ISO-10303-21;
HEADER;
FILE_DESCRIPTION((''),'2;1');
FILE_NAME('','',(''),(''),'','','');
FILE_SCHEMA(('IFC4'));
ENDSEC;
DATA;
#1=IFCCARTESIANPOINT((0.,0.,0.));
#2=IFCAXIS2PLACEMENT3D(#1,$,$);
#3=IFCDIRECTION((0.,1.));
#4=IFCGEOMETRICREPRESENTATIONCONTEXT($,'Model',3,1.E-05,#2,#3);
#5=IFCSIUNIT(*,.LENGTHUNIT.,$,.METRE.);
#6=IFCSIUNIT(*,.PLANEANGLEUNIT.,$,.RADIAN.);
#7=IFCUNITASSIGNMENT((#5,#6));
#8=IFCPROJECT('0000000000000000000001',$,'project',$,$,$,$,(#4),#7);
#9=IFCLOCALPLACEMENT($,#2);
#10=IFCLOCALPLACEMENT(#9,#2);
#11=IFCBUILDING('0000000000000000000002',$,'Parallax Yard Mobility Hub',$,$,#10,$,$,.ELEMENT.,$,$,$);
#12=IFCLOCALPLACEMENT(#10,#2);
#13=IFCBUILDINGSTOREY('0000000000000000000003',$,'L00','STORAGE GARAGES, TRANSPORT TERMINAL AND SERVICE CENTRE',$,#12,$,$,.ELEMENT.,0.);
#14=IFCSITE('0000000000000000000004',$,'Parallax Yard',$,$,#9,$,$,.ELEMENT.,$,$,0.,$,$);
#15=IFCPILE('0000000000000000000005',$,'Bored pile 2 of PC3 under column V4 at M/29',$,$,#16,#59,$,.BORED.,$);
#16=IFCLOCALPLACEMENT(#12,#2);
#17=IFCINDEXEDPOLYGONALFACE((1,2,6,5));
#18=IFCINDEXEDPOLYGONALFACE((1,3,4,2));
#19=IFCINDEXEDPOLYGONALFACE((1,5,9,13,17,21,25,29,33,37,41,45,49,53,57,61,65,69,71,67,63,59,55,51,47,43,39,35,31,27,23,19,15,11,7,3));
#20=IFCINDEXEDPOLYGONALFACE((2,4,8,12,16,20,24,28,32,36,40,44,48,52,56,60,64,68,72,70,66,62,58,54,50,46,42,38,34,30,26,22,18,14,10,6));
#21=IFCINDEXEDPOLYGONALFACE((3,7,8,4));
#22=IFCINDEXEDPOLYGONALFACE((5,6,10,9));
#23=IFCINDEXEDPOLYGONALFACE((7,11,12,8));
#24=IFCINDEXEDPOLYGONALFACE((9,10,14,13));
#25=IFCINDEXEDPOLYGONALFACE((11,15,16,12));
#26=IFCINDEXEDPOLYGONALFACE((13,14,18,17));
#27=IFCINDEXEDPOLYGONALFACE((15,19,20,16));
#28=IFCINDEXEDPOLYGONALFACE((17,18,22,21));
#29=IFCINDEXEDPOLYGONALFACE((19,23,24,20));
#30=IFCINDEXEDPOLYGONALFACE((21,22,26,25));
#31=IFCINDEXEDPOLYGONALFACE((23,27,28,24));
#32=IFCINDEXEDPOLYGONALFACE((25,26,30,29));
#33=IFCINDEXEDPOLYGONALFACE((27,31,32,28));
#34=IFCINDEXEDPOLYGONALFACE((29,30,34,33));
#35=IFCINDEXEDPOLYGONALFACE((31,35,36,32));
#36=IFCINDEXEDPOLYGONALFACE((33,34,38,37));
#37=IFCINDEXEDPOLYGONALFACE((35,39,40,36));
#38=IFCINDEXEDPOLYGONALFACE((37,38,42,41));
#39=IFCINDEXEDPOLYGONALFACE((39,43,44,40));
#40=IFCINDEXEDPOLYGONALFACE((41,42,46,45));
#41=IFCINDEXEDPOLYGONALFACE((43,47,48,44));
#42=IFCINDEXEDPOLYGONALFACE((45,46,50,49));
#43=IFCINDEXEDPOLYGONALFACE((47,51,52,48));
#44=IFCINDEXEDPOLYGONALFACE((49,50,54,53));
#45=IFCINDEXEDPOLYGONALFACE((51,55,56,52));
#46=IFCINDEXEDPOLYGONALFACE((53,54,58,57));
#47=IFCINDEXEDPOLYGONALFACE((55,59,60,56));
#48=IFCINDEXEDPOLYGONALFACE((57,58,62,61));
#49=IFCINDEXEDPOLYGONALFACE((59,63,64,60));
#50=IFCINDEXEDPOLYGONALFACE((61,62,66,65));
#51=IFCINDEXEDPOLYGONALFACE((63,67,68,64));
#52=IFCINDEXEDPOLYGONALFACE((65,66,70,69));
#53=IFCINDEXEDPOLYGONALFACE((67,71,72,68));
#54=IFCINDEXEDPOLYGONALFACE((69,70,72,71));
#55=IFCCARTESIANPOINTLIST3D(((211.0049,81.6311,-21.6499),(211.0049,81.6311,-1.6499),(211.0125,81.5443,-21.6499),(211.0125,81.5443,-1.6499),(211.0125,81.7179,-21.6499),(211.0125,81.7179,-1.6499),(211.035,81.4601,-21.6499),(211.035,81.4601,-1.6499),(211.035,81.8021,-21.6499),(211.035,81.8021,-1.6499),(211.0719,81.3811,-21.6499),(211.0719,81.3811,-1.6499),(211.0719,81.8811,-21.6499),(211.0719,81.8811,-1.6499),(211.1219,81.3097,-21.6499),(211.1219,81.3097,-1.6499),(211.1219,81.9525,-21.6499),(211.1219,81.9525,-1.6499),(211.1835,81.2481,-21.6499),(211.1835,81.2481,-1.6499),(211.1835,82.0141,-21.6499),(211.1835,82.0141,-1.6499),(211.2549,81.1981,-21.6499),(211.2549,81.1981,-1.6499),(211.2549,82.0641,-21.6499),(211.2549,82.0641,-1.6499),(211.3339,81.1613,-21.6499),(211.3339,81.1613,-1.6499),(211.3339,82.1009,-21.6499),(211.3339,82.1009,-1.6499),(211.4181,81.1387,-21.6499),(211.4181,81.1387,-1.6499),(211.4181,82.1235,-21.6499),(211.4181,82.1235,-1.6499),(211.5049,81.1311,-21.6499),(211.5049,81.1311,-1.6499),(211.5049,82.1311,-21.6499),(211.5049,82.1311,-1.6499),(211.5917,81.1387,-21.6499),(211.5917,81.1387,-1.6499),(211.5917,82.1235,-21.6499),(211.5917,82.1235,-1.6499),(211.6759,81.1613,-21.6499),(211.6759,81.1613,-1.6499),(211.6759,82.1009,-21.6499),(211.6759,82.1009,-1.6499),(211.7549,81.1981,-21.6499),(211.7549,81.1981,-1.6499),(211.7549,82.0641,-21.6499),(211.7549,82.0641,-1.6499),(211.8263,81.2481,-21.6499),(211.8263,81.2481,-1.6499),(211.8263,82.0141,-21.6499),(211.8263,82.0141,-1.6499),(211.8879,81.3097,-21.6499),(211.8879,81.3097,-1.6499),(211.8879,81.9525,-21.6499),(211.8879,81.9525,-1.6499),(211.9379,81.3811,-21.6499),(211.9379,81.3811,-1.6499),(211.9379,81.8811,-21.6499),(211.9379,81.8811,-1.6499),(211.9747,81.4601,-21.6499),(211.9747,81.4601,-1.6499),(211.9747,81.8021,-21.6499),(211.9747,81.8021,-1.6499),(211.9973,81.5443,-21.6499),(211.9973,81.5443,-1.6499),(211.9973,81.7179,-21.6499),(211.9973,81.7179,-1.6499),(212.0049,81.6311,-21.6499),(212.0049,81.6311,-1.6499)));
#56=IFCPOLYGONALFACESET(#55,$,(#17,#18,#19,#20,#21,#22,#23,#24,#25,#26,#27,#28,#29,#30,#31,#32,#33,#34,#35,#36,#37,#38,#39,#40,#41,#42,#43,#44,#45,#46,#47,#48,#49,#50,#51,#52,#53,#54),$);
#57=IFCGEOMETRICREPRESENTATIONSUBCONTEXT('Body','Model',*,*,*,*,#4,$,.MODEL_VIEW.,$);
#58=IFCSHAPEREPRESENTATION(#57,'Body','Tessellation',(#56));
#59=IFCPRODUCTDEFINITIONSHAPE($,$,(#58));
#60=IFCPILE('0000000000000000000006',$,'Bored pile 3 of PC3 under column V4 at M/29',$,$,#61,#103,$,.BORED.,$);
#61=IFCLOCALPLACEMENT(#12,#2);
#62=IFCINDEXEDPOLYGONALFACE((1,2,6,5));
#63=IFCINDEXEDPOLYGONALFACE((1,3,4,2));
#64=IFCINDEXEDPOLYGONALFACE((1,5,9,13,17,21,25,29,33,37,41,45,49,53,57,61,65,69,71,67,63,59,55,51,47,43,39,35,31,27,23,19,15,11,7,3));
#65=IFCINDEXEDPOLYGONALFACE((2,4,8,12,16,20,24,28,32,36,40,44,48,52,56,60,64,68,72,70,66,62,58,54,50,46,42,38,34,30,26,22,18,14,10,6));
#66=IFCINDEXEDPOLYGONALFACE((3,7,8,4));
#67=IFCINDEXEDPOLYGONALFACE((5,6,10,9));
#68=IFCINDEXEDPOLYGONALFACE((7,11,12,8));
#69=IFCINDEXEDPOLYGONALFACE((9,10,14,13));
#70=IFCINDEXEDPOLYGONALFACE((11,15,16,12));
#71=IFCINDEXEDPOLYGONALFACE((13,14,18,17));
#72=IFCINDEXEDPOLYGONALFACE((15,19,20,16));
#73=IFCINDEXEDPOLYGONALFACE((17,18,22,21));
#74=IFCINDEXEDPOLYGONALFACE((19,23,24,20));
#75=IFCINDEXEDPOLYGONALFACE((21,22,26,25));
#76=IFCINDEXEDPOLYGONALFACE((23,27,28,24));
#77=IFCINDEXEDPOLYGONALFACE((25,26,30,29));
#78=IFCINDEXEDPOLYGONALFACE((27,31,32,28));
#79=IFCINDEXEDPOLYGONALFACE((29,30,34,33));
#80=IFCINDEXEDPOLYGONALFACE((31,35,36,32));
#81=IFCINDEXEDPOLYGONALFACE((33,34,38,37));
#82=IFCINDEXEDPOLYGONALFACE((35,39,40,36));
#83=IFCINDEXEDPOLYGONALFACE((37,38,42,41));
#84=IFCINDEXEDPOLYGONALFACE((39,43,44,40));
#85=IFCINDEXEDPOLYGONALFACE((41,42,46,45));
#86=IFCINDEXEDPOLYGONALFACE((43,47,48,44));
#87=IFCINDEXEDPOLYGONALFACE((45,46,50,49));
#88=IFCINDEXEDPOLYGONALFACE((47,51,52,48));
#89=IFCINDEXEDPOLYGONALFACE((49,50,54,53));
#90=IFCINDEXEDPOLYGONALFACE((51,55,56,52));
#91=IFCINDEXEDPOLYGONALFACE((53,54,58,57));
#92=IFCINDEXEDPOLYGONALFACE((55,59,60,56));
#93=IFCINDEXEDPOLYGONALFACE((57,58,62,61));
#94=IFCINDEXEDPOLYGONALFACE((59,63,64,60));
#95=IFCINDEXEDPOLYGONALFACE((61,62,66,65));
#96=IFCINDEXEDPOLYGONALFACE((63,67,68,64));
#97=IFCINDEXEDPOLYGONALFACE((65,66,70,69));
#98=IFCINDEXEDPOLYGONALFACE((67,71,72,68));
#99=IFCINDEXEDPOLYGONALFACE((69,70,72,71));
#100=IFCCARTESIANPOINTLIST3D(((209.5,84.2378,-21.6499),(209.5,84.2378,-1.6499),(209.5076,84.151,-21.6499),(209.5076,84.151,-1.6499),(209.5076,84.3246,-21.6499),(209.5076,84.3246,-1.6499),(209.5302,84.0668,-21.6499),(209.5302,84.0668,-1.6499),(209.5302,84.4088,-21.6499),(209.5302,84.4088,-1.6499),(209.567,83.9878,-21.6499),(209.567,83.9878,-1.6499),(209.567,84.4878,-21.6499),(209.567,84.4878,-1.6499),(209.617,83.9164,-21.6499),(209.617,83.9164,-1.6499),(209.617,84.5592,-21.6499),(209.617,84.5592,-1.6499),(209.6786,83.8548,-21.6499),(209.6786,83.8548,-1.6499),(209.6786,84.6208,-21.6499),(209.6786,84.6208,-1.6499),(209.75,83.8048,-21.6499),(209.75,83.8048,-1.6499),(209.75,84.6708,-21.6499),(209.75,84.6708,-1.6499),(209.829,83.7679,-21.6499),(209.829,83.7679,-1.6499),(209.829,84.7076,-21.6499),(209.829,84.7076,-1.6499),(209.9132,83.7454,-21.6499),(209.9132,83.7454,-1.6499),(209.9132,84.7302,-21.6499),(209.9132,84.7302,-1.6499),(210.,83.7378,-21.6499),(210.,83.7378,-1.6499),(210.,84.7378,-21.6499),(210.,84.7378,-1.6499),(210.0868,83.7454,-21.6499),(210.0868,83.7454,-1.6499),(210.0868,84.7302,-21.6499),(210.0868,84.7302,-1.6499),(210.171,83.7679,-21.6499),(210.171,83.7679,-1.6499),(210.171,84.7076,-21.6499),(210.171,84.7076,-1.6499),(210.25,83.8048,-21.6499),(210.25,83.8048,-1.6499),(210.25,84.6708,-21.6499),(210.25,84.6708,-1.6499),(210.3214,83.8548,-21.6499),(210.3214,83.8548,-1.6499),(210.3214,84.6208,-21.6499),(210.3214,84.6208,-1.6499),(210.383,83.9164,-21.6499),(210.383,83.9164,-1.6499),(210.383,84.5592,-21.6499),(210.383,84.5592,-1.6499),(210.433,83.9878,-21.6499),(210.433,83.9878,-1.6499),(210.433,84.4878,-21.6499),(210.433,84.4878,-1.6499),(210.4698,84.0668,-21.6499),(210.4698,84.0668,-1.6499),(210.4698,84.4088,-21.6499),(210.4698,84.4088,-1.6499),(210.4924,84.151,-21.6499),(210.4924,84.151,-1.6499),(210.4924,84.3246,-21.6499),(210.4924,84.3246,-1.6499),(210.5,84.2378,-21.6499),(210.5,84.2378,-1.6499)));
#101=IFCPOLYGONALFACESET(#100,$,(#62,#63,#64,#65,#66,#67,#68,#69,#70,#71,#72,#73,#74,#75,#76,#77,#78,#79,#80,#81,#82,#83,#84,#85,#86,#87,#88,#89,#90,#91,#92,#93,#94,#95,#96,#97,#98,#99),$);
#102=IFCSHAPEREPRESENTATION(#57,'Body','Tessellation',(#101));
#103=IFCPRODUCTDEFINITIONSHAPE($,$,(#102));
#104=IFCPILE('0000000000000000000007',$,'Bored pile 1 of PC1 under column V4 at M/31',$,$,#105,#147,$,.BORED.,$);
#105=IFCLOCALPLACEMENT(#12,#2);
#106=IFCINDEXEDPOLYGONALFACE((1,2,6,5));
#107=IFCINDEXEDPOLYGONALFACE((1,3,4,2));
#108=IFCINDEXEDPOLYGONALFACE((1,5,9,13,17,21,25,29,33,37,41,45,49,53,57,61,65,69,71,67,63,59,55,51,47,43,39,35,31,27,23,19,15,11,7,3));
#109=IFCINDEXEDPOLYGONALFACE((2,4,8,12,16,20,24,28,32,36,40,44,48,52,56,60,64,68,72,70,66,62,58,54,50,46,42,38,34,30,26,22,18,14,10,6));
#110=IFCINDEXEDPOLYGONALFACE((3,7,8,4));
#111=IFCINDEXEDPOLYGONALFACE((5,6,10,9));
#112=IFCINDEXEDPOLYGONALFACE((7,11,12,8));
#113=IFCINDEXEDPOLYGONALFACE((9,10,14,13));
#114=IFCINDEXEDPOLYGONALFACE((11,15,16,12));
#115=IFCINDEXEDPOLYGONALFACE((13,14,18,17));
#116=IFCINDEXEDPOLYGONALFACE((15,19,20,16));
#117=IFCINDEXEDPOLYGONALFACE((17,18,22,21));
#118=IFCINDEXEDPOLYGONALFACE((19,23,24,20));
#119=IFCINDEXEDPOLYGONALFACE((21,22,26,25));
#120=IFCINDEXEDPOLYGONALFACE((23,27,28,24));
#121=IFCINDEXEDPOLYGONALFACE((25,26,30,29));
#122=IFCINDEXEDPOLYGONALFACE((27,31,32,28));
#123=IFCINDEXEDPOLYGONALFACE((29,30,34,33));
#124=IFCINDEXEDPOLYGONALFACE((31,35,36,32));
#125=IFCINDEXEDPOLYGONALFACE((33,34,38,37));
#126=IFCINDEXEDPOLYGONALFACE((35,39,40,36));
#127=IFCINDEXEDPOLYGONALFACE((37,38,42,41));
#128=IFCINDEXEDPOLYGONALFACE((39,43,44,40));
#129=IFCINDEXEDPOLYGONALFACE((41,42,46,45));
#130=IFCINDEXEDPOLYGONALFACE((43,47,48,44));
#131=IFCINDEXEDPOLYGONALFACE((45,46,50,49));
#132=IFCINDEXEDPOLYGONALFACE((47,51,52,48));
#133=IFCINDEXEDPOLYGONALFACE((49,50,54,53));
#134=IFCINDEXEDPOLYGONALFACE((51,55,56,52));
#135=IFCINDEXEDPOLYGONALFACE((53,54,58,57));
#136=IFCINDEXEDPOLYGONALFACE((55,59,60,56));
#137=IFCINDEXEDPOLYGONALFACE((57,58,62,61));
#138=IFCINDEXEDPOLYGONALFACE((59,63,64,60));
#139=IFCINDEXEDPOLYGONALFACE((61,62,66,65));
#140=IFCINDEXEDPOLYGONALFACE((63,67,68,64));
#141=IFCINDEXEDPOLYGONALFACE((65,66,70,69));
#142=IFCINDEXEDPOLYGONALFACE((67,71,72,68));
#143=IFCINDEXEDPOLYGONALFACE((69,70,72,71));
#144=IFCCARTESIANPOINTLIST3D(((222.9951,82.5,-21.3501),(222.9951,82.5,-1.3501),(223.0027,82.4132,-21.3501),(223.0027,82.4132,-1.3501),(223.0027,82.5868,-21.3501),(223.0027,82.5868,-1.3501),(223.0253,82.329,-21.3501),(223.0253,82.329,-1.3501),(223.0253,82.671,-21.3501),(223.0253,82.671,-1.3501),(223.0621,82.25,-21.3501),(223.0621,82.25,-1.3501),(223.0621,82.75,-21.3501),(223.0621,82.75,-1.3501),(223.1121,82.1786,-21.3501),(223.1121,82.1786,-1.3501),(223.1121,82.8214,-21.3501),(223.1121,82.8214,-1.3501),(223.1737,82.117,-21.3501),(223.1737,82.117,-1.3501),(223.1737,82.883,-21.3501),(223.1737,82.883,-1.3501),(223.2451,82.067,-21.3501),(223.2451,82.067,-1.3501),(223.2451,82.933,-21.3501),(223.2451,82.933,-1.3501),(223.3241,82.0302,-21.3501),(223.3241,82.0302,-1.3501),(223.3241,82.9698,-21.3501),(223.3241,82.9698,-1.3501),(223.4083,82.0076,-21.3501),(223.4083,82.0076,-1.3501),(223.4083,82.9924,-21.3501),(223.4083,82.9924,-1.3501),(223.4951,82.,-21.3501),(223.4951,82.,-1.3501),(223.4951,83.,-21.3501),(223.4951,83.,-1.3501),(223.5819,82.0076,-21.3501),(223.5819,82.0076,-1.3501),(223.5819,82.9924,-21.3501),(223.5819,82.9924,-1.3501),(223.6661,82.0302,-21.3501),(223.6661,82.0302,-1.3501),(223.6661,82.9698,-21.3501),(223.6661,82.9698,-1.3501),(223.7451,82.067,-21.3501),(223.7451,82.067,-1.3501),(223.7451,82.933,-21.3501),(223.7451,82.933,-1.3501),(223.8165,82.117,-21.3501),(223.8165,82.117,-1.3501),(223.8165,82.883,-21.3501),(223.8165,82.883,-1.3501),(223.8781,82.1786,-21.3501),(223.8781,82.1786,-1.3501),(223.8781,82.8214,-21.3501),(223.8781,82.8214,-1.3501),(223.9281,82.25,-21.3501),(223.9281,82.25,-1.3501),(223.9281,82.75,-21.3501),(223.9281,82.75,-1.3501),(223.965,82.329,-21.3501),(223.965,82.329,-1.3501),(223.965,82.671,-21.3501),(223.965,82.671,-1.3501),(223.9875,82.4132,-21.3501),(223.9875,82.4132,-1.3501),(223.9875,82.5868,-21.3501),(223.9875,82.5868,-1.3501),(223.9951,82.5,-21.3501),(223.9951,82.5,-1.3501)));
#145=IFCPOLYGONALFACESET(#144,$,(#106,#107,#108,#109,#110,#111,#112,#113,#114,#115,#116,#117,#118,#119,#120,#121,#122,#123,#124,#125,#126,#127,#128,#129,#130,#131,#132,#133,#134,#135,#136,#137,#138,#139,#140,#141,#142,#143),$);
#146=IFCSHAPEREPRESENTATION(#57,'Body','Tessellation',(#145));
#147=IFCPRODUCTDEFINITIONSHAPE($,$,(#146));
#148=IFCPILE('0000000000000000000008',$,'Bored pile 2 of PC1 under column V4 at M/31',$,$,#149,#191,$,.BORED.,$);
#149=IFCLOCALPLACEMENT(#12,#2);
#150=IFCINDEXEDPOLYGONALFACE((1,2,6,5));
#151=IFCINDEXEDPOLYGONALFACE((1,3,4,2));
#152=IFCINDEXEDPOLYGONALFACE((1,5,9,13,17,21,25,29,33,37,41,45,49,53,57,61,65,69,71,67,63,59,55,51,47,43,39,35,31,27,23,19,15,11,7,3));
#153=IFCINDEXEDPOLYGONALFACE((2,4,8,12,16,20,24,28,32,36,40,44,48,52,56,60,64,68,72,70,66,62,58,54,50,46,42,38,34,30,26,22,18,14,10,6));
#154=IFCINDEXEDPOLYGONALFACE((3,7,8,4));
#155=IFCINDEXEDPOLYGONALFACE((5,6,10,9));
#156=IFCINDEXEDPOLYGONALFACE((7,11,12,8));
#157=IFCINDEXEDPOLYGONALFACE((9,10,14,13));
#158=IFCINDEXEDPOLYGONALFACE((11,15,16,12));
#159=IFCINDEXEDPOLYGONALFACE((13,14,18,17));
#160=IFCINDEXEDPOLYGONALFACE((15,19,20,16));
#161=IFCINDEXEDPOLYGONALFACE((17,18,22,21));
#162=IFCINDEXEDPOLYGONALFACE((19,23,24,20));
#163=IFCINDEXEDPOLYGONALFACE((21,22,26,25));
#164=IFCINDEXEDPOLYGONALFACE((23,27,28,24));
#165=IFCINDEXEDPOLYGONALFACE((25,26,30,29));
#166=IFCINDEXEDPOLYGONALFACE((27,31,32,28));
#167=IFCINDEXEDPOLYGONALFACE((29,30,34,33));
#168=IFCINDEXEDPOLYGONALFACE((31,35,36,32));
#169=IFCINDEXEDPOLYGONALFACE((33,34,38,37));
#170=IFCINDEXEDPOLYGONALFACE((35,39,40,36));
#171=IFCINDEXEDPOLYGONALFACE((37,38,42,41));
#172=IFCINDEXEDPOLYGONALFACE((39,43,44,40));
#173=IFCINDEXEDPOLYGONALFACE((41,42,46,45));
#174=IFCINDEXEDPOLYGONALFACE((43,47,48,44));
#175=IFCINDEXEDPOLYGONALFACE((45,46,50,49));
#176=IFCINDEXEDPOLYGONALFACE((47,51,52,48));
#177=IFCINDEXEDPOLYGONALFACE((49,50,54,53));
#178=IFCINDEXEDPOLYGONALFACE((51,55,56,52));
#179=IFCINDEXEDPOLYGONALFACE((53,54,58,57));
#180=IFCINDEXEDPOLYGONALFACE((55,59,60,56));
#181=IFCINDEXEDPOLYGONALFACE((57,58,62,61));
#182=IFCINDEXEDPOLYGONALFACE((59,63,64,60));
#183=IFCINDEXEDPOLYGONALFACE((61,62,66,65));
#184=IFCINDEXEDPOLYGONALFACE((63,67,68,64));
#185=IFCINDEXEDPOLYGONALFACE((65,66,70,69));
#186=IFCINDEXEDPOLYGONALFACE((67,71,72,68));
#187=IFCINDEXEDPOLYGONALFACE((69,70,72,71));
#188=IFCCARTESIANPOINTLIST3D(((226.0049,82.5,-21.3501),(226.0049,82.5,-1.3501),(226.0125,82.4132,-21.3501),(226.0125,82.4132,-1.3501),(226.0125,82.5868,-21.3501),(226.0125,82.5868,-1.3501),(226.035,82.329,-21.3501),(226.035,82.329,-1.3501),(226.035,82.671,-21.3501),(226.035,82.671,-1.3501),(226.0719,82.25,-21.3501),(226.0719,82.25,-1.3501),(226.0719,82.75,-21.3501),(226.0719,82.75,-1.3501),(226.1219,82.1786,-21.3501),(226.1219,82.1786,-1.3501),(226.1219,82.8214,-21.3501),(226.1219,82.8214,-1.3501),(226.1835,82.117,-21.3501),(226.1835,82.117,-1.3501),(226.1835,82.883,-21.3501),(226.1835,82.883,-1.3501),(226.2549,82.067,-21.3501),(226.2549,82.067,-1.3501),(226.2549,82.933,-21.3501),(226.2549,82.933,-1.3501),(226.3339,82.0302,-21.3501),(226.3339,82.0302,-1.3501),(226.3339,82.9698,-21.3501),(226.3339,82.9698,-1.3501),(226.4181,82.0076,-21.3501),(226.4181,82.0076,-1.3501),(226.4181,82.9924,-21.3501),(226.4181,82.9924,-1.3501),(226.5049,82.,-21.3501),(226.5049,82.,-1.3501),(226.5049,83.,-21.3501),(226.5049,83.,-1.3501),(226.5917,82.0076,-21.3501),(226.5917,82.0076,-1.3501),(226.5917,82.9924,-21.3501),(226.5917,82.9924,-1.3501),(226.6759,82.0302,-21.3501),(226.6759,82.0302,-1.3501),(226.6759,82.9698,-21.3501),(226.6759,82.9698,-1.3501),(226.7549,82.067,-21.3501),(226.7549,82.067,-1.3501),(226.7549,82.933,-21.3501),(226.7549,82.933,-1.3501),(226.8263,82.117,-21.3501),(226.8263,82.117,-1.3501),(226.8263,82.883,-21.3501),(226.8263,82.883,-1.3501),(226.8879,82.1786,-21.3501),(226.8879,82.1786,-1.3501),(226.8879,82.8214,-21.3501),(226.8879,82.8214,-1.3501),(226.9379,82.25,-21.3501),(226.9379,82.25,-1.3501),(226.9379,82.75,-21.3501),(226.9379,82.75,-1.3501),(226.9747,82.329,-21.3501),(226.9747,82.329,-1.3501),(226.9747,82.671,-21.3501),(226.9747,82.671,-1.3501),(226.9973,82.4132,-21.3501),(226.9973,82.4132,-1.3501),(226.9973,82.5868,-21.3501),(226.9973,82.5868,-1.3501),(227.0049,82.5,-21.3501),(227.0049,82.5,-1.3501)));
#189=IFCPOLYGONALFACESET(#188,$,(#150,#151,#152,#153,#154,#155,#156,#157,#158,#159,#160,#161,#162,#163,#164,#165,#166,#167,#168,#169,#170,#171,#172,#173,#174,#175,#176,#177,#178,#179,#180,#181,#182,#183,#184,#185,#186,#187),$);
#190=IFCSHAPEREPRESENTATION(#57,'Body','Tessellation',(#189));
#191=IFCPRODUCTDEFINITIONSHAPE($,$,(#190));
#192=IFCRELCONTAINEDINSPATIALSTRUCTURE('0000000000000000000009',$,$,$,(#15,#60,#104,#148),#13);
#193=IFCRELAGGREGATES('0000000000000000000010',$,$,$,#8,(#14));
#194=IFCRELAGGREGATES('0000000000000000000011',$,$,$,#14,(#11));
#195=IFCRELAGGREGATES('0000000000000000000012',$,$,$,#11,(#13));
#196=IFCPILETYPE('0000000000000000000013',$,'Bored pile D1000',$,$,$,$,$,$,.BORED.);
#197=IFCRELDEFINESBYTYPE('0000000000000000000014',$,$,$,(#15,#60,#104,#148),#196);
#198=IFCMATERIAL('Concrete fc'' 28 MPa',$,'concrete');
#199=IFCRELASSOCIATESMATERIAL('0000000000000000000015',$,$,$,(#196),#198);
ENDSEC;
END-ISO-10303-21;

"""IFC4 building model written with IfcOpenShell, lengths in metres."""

from ifc_helpers import new_model, si_unit, direction, frame, origin, origin_2d, place, context, subcontext, project, spatial, circle, extrude, material, material_profile, profile_set, type_object, element, save


model = new_model("IFC4")

# Units and contexts
model_context = context("Model", 3, precision=1e-05, world=origin(), true_north=direction((0.0, 1.0)))
body_context = subcontext(model_context, "Body", "Model", "MODEL_VIEW")
ifc_project = project(units=[si_unit("LENGTHUNIT", "METRE"), si_unit("PLANEANGLEUNIT", "RADIAN")], contexts=[model_context])

# Site, building, storey
site_placement = place(None, origin())
site = spatial("IfcSite", under=ifc_project, at=site_placement, Name="Parallax Yard", CompositionType="ELEMENT", RefElevation=0.0)
building_placement = place(site_placement, origin())
building = spatial("IfcBuilding", under=site, at=building_placement, Name="Parallax Yard Mobility Hub", CompositionType="ELEMENT")
storey_placement = place(building_placement, origin())
storey = spatial("IfcBuildingStorey", under=building, at=storey_placement, Name="L00", Description="STORAGE GARAGES, TRANSPORT TERMINAL AND SERVICE CENTRE", CompositionType="ELEMENT", Elevation=0.0)

# Piles
ifc_material_1 = material(Name="Concrete fc' 28 MPa", Category="concrete")
ifc_material_profile_1 = material_profile(ifc_material_1, circle(Radius=0.5, at=origin_2d()), Name="Bored pile D1000")
ifc_profile_set_1 = profile_set([ifc_material_profile_1], Name="Concrete fc' 28 MPa")
pile_type = type_object("IfcPileType", Name="Bored pile D1000", PredefinedType="BORED", material=ifc_profile_set_1)
for number, where, z_axis, x_axis, name in (
    (1, (211.5049, 81.6311, -1.6499), (0.0, 0.0, -1.0), (1.0, 0.0, 0.0), "Bored pile 2 of PC3 under column V4 at M/29"),
    (2, (210.0, 84.2378, -1.6499), (0.0, 0.0, -1.0), (1.0, 0.0, 0.0), "Bored pile 3 of PC3 under column V4 at M/29"),
    (3, (223.4951, 82.5, -1.3501), (0.0, 0.0, -1.0), (1.0, 0.0, 0.0), "Bored pile 1 of PC1 under column V4 at M/31"),
    (4, (226.5049, 82.5, -1.3501), (0.0, 0.0, -1.0), (1.0, 0.0, 0.0), "Bored pile 2 of PC1 under column V4 at M/31"),
):
    element("IfcPile", number, at=place(storey_placement, frame(where, z_axis=z_axis, x_axis=x_axis)), inside=storey, type_object=pile_type, Name=name, PredefinedType="BORED", context=body_context, shape_type="SweptSolid", body=[
        extrude(circle(Radius=0.5, at=origin_2d()), origin(), (0.0, 0.0, 1.0), 20.0),
    ])

save(model, "model.ifc")
